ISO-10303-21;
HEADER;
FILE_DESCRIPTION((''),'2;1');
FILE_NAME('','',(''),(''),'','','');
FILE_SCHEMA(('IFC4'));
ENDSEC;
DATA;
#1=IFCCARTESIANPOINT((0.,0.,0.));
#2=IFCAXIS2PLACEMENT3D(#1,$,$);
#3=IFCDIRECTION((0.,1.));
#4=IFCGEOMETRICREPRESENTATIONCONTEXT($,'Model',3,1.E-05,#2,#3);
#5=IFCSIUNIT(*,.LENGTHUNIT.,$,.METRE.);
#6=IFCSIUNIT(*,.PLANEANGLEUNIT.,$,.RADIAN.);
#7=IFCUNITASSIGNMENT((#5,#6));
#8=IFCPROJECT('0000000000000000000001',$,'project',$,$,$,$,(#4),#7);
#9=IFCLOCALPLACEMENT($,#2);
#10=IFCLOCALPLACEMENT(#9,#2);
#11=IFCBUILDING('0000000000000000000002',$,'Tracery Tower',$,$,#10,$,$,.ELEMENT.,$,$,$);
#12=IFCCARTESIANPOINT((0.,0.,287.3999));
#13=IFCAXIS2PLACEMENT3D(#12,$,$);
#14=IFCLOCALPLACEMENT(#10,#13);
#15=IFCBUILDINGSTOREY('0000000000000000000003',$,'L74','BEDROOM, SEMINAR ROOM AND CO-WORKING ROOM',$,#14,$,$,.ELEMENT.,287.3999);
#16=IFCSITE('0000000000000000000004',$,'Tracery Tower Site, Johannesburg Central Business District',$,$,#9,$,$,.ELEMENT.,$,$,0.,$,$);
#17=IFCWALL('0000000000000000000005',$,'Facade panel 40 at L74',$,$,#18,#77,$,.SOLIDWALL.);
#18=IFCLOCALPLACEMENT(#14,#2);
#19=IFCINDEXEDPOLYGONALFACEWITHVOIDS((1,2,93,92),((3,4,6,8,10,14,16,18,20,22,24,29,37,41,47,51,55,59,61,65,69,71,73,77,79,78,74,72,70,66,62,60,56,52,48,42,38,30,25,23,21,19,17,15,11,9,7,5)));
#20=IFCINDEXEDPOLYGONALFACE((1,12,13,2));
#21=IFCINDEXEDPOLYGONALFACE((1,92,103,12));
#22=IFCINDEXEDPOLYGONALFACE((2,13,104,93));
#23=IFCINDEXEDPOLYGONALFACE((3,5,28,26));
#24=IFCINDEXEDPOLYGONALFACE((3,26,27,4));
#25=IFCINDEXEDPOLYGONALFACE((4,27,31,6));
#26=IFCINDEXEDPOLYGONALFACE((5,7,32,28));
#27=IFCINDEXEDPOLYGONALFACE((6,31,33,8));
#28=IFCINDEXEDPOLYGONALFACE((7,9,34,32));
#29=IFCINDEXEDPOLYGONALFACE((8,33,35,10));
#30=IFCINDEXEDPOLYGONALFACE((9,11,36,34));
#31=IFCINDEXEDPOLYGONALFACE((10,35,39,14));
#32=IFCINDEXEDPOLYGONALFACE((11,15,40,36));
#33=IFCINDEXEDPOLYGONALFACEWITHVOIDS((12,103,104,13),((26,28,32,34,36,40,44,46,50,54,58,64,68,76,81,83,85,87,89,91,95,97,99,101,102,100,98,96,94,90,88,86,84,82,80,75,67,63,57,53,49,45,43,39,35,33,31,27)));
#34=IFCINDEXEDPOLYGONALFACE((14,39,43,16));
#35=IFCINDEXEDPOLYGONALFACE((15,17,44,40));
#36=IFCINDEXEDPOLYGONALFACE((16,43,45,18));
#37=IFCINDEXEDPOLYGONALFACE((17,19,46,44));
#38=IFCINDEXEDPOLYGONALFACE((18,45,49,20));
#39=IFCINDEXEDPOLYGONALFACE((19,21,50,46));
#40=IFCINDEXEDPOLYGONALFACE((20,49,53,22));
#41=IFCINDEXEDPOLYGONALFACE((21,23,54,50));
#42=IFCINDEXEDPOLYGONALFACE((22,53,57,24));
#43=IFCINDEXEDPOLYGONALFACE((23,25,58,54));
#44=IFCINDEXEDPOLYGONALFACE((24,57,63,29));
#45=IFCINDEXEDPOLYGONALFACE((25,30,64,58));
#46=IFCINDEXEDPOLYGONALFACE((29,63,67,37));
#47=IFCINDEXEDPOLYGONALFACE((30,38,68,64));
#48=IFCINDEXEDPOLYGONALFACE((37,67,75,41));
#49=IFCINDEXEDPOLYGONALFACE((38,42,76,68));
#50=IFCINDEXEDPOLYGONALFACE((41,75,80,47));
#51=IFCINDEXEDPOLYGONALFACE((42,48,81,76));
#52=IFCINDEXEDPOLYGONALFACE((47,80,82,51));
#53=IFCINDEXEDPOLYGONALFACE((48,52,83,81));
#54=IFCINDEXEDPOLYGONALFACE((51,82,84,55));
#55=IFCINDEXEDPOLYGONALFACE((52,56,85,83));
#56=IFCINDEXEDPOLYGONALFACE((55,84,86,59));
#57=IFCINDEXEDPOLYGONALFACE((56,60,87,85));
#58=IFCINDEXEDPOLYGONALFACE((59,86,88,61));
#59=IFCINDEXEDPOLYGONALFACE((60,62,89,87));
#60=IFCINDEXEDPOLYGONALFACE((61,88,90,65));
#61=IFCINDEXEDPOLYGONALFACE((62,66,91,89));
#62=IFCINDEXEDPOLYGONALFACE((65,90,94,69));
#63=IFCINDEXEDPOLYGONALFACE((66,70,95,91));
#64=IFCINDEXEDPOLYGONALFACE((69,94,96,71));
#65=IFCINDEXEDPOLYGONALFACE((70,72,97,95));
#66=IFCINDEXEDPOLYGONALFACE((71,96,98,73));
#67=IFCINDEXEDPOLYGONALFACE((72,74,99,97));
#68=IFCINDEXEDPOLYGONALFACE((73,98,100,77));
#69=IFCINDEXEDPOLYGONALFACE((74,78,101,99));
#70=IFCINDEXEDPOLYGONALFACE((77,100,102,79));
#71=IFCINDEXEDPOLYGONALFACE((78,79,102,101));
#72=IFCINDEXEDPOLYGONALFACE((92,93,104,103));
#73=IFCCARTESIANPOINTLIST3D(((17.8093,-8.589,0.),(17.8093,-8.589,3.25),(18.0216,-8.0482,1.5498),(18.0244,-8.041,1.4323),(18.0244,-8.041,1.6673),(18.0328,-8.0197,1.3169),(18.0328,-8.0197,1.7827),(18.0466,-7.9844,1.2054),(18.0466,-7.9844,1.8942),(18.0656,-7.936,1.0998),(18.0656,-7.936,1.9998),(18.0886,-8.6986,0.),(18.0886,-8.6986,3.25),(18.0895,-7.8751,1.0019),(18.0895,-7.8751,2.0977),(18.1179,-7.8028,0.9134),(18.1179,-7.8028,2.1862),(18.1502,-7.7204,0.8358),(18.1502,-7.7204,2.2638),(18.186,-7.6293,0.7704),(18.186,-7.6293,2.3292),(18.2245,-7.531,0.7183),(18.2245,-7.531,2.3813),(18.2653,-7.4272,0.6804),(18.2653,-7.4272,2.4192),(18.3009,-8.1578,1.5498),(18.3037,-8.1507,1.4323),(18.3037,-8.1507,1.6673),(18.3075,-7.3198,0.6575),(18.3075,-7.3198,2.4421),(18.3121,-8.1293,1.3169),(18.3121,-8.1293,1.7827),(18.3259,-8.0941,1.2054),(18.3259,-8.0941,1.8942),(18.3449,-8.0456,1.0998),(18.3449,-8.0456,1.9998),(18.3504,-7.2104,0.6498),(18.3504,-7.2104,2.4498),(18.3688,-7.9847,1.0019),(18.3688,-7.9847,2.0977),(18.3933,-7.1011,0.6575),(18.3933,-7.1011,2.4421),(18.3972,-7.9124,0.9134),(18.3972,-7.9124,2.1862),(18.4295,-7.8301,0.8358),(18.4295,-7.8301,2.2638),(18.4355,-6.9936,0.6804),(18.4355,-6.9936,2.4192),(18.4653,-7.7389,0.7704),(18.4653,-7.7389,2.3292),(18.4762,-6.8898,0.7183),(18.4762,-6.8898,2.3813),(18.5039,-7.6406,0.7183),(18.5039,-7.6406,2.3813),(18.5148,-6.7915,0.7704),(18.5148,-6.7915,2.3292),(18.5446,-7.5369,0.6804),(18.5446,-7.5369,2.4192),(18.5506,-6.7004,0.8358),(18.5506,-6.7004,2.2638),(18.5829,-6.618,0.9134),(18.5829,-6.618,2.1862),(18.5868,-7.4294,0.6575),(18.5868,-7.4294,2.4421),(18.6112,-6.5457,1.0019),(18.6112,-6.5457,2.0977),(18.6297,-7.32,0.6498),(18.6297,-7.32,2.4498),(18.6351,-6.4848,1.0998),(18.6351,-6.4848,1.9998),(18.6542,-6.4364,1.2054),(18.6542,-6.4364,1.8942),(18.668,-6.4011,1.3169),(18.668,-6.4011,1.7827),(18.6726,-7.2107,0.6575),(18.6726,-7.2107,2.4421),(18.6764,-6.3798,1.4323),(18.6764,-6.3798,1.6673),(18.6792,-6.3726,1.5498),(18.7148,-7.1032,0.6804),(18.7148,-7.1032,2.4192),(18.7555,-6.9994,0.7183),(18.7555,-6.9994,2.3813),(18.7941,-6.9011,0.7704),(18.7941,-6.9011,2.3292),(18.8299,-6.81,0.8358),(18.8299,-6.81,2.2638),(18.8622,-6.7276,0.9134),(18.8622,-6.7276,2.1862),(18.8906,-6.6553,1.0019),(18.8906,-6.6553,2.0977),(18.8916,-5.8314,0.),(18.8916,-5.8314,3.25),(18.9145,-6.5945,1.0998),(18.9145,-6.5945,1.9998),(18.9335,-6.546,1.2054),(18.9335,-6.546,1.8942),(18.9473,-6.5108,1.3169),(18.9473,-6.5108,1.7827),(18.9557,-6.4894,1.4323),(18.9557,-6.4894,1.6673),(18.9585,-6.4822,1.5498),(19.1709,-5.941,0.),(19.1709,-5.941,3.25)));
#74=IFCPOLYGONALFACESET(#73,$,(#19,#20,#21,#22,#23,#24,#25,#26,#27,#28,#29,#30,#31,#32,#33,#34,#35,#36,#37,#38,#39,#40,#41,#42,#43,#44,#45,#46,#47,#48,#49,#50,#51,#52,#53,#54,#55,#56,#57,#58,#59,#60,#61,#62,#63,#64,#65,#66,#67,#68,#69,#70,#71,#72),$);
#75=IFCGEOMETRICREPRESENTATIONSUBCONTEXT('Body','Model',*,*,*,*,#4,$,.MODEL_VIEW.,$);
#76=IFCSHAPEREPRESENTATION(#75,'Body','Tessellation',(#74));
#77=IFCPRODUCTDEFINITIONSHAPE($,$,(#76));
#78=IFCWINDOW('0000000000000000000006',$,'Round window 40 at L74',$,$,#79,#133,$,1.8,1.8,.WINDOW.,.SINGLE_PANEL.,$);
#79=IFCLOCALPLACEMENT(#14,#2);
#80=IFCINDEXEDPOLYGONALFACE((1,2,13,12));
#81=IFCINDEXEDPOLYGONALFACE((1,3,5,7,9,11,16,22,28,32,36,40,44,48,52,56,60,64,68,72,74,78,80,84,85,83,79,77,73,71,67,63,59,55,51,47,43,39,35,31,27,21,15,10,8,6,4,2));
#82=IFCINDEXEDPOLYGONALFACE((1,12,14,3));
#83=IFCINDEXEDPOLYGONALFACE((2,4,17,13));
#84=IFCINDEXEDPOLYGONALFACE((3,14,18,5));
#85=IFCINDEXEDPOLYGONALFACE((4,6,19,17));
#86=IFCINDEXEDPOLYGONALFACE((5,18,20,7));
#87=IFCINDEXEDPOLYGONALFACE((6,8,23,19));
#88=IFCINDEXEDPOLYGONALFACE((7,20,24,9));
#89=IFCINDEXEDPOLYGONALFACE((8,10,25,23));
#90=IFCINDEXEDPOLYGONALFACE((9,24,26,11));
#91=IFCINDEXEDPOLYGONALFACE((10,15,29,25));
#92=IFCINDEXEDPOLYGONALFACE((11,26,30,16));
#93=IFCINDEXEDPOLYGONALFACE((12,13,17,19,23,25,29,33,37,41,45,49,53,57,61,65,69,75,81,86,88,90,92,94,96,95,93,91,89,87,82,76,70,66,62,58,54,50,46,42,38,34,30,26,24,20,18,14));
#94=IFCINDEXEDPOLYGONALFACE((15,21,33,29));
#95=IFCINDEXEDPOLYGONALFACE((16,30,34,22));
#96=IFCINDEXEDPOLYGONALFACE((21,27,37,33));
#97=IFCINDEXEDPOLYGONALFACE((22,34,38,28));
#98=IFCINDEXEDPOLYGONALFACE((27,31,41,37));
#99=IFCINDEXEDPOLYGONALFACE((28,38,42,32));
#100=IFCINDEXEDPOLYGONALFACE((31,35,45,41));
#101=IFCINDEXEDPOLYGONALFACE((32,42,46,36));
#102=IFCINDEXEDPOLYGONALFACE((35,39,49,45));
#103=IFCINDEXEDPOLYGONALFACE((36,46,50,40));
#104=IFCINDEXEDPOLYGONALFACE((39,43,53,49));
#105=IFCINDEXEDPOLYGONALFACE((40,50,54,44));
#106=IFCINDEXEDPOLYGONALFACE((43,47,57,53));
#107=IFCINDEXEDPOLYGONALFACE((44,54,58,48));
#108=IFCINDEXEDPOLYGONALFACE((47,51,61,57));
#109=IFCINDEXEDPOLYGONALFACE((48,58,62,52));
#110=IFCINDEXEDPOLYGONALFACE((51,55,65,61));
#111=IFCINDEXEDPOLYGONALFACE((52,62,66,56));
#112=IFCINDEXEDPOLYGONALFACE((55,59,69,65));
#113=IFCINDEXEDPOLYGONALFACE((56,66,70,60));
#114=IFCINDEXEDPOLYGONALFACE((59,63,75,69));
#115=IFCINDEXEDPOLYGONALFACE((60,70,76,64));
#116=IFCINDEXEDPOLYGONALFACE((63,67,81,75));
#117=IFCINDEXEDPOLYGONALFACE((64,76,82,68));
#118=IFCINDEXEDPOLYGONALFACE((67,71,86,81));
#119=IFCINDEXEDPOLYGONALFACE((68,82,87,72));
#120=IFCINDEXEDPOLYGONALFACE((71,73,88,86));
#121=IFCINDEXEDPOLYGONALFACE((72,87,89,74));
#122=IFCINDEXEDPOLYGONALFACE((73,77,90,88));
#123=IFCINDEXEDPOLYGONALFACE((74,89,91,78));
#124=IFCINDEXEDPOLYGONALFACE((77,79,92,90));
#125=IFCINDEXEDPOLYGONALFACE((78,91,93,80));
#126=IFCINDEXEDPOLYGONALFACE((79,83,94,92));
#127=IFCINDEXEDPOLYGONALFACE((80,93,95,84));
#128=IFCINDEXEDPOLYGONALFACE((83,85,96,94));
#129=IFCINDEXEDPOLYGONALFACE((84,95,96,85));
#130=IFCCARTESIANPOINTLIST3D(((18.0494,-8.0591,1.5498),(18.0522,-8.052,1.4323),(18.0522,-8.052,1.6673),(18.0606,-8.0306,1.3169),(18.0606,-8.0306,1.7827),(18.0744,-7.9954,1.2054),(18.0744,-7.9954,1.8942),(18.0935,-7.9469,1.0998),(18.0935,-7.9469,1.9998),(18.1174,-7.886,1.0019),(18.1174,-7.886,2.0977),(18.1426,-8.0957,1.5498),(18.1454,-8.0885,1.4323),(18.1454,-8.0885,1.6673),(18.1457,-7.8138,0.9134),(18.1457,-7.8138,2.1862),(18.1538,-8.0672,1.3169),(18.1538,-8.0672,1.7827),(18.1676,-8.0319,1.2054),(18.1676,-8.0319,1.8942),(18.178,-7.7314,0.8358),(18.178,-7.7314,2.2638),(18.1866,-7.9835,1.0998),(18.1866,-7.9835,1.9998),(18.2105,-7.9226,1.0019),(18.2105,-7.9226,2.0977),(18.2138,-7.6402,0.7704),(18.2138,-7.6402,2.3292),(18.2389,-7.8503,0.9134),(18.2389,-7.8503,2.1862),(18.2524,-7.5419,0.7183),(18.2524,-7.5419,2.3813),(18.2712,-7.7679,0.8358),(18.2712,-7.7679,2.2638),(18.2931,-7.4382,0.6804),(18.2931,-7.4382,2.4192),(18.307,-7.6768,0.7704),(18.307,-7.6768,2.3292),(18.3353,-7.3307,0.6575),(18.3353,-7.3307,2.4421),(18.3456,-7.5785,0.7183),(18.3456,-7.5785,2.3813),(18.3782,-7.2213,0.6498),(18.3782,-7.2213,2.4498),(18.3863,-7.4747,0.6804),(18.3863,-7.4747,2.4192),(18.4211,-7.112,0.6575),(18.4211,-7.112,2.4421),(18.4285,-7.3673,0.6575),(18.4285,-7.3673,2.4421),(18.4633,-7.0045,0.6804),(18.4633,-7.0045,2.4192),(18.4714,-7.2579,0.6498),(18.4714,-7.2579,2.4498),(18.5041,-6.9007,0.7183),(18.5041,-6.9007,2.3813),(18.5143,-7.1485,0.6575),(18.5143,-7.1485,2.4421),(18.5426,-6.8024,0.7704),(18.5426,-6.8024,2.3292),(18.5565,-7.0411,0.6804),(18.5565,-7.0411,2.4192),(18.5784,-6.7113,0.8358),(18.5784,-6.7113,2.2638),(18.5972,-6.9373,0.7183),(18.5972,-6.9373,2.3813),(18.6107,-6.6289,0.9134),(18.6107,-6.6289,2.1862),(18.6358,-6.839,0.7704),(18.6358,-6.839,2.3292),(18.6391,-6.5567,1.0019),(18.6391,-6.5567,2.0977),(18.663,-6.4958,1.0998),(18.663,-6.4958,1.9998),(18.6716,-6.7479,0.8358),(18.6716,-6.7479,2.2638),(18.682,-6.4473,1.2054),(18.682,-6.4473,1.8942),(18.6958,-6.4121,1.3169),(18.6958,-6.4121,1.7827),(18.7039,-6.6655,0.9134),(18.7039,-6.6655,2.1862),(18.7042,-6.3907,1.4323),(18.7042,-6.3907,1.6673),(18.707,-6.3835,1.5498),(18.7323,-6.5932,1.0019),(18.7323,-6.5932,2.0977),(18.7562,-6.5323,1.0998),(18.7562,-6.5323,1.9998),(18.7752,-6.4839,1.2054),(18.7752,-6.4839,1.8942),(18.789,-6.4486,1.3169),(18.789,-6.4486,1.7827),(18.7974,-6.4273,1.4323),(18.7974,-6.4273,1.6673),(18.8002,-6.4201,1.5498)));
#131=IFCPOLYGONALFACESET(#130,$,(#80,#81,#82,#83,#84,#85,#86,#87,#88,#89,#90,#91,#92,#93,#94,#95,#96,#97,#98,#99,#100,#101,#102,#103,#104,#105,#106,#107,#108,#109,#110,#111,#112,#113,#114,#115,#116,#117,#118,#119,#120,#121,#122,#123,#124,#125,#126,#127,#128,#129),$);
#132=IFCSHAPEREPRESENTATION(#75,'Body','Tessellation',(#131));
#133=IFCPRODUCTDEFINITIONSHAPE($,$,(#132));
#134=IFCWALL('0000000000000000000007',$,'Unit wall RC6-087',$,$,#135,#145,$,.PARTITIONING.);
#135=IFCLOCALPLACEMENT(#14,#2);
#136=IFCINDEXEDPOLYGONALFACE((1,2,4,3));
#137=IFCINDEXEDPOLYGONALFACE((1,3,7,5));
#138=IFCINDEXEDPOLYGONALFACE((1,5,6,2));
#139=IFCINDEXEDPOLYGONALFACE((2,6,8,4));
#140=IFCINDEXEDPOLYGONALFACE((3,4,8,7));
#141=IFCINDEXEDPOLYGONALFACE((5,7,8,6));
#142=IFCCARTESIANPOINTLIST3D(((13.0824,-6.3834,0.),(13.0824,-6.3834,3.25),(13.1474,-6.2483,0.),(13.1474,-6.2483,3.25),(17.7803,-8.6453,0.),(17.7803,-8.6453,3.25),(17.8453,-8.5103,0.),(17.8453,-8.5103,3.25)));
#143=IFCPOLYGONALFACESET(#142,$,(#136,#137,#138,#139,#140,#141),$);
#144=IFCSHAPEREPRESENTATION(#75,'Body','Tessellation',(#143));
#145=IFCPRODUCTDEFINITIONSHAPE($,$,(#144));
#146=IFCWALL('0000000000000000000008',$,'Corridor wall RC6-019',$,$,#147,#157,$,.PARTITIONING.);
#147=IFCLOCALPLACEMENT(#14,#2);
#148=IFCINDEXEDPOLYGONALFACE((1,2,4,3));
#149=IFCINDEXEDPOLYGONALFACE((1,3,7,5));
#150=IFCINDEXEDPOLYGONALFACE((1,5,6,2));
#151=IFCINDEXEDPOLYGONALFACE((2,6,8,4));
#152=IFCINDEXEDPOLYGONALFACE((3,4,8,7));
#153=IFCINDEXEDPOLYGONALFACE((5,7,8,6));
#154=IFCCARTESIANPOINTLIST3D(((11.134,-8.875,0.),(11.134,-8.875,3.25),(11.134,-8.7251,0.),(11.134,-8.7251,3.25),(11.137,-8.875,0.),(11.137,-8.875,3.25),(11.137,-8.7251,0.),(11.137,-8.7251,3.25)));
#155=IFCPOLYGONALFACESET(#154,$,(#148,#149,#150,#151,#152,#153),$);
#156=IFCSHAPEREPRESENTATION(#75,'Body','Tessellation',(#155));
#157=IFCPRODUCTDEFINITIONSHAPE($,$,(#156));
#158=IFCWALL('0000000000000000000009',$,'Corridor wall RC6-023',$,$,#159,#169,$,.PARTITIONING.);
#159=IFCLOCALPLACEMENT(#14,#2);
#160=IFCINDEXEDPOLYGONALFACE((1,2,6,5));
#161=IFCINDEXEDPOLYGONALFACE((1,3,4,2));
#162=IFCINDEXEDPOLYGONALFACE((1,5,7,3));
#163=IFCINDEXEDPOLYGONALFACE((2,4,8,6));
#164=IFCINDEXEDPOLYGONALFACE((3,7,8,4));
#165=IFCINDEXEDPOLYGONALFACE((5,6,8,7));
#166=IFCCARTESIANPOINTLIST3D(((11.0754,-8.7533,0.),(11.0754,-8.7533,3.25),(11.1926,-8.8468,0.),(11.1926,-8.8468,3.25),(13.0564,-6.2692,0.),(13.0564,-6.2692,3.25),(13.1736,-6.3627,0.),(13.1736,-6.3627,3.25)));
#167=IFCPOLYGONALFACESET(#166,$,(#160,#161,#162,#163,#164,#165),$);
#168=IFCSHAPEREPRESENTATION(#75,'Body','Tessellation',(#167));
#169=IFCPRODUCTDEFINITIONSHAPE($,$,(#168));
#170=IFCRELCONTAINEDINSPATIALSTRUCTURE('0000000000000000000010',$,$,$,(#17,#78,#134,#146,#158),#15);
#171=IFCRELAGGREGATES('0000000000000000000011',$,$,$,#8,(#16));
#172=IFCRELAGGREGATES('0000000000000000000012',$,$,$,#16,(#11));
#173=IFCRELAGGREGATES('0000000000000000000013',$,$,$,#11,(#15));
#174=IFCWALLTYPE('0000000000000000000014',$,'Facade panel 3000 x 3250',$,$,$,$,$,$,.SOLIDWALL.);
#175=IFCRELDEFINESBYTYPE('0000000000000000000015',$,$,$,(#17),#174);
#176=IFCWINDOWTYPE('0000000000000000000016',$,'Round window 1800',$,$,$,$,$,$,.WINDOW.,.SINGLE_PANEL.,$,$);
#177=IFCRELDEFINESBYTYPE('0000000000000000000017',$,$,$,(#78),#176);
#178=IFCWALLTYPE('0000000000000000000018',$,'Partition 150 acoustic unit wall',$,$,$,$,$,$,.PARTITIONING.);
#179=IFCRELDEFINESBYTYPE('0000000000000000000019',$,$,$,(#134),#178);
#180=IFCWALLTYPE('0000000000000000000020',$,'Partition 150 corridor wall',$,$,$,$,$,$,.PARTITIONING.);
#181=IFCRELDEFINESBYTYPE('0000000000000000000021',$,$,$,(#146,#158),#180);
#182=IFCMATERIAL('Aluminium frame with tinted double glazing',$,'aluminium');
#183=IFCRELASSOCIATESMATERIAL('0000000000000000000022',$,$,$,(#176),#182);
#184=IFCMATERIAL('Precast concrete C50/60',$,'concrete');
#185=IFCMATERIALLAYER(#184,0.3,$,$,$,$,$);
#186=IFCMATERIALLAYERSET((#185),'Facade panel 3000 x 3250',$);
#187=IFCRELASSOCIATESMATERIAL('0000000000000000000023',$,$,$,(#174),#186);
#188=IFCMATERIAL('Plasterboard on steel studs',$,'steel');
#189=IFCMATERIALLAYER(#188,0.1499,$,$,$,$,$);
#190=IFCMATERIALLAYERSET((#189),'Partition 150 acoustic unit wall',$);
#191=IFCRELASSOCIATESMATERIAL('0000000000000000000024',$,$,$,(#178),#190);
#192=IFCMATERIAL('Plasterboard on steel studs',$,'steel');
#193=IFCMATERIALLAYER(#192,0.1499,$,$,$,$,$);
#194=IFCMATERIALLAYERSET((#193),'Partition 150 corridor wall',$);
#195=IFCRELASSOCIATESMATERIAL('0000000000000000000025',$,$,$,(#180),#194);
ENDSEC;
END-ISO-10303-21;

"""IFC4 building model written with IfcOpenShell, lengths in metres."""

from ifc_helpers import new_model, si_unit, direction, frame, frame_2d, origin, origin_2d, place, context, subcontext, project, spatial, rectangle, circle, extrude, material, layer, layer_set, type_object, element, fill, save


model = new_model("IFC4")

# Units and contexts
model_context = context("Model", 3, precision=1e-05, world=origin(), true_north=direction((0.0, 1.0)))
body_context = subcontext(model_context, "Body", "Model", "MODEL_VIEW")
ifc_project = project(units=[si_unit("LENGTHUNIT", "METRE"), si_unit("PLANEANGLEUNIT", "RADIAN")], contexts=[model_context])

# Site, building, storey
site_placement = place(None, origin())
site = spatial("IfcSite", under=ifc_project, at=site_placement, Name="Tracery Tower Site, Johannesburg Central Business District", CompositionType="ELEMENT", RefElevation=0.0)
building_placement = place(site_placement, origin())
building = spatial("IfcBuilding", under=site, at=building_placement, Name="Tracery Tower", CompositionType="ELEMENT")
storey_placement = place(building_placement, frame((0.0, 0.0, 287.3999)))
storey = spatial("IfcBuildingStorey", under=building, at=storey_placement, Name="L74", Description="BEDROOM, SEMINAR ROOM AND CO-WORKING ROOM", CompositionType="ELEMENT", Elevation=287.3999)

# Wall, opening, window
ifc_material_1 = material(Name="Aluminium frame with tinted double glazing", Category="aluminium")
window_type = type_object("IfcWindowType", Name="Round window 1800", PartitioningType="SINGLE_PANEL", PredefinedType="WINDOW", material=ifc_material_1)
ifc_material_2 = material(Name="Precast concrete C50/60", Category="concrete")
ifc_layer_1 = layer(ifc_material_2, 0.3)
ifc_layer_set_1 = layer_set([ifc_layer_1], Name="Facade panel 3000 x 3250")
wall_type_1 = type_object("IfcWallType", Name="Facade panel 3000 x 3250", PredefinedType="SOLIDWALL", material=ifc_layer_set_1)
wall_1_placement = place(storey_placement, frame((17.949, -8.6438, 0.0), z_axis=(0.0, 0.0, 1.0), x_axis=(0.365344, 0.930873, 0.0)))
wall_1 = element("IfcWall", 1, at=wall_1_placement, inside=storey, type_object=wall_type_1, Name="Facade panel 40 at L74", PredefinedType="SOLIDWALL", context=body_context, shape_type="SweptSolid", body=[
    extrude(rectangle(XDim=2.9624, YDim=0.3, at=frame_2d((1.4812, 0.0))), origin(), (0.0, 0.0, 1.0), 3.25),
])
opening_1_placement = place(wall_1_placement, frame((1.481, 0.0, 1.5498)))
opening_1 = element("IfcOpeningElement", 2, at=opening_1_placement, cuts=wall_1, PredefinedType="OPENING", context=body_context, shape_type="SweptSolid", body=[
    extrude(circle(Radius=0.9, at=origin_2d()), frame((0.0, 0.1599, 0.0), z_axis=(0.0, -1.0, 0.0), x_axis=(1.0, 0.0, 0.0)), (0.0, 0.0, 1.0), 0.3201),
])
window_1_placement = place(opening_1_placement, origin())
window_1 = element("IfcWindow", 3, at=window_1_placement, inside=storey, type_object=window_type, Name="Round window 40 at L74", OverallHeight=1.8, OverallWidth=1.8, PartitioningType="SINGLE_PANEL", PredefinedType="WINDOW", context=body_context, shape_type="SweptSolid", body=[
    extrude(circle(Radius=0.9, at=origin_2d()), frame((0.0, 0.1201, 0.0), z_axis=(0.0, -1.0, 0.0), x_axis=(1.0, 0.0, 0.0)), (0.0, 0.0, 1.0), 0.1001),
])
fill(opening_1, window_1)

# Walls
ifc_material_3 = material(Name="Plasterboard on steel studs", Category="steel")
ifc_layer_2 = layer(ifc_material_3, 0.1499)
ifc_layer_set_2 = layer_set([ifc_layer_2], Name="Partition 150 acoustic unit wall")
wall_type_2 = type_object("IfcWallType", Name="Partition 150 acoustic unit wall", PredefinedType="PARTITIONING", material=ifc_layer_set_2)
wall_2_placement = place(storey_placement, frame((13.115, -6.3159, 0.0), z_axis=(0.0, 0.0, 1.0), x_axis=(0.901004, -0.43381, 0.0)))
element("IfcWall", 4, at=wall_2_placement, inside=storey, type_object=wall_type_2, Name="Unit wall RC6-087", PredefinedType="PARTITIONING", context=body_context, shape_type="SweptSolid", body=[
    extrude(rectangle(XDim=5.2141, YDim=0.1499, at=frame_2d((2.6069, 0.0))), origin(), (0.0, 0.0, 1.0), 3.25),
])
ifc_material_4 = material(Name="Plasterboard on steel studs", Category="steel")
ifc_layer_3 = layer(ifc_material_4, 0.1499)
ifc_layer_set_3 = layer_set([ifc_layer_3], Name="Partition 150 corridor wall")
wall_type_3 = type_object("IfcWallType", Name="Partition 150 corridor wall", PredefinedType="PARTITIONING", material=ifc_layer_set_3)
wall_3_placement = place(storey_placement, frame((11.137, -8.8, 0.0), z_axis=(0.0, 0.0, 1.0), x_axis=(-1.0, 0.0, 0.0)))
element("IfcWall", 5, at=wall_3_placement, inside=storey, type_object=wall_type_3, Name="Corridor wall RC6-019", PredefinedType="PARTITIONING", context=body_context, shape_type="SweptSolid", body=[
    extrude(rectangle(XDim=0.0029, YDim=0.1499, at=frame_2d((0.0015, 0.0))), origin(), (0.0, 0.0, 1.0), 3.25),
])
wall_4_placement = place(storey_placement, frame((11.134, -8.8, 0.0), z_axis=(0.0, 0.0, 1.0), x_axis=(0.623476, 0.781842, 0.0)))
element("IfcWall", 6, at=wall_4_placement, inside=storey, type_object=wall_type_3, Name="Corridor wall RC6-023", PredefinedType="PARTITIONING", context=body_context, shape_type="SweptSolid", body=[
    extrude(rectangle(XDim=3.1772, YDim=0.1499, at=frame_2d((1.5886, 0.0))), origin(), (0.0, 0.0, 1.0), 3.25),
])

save(model, "model.ifc")
